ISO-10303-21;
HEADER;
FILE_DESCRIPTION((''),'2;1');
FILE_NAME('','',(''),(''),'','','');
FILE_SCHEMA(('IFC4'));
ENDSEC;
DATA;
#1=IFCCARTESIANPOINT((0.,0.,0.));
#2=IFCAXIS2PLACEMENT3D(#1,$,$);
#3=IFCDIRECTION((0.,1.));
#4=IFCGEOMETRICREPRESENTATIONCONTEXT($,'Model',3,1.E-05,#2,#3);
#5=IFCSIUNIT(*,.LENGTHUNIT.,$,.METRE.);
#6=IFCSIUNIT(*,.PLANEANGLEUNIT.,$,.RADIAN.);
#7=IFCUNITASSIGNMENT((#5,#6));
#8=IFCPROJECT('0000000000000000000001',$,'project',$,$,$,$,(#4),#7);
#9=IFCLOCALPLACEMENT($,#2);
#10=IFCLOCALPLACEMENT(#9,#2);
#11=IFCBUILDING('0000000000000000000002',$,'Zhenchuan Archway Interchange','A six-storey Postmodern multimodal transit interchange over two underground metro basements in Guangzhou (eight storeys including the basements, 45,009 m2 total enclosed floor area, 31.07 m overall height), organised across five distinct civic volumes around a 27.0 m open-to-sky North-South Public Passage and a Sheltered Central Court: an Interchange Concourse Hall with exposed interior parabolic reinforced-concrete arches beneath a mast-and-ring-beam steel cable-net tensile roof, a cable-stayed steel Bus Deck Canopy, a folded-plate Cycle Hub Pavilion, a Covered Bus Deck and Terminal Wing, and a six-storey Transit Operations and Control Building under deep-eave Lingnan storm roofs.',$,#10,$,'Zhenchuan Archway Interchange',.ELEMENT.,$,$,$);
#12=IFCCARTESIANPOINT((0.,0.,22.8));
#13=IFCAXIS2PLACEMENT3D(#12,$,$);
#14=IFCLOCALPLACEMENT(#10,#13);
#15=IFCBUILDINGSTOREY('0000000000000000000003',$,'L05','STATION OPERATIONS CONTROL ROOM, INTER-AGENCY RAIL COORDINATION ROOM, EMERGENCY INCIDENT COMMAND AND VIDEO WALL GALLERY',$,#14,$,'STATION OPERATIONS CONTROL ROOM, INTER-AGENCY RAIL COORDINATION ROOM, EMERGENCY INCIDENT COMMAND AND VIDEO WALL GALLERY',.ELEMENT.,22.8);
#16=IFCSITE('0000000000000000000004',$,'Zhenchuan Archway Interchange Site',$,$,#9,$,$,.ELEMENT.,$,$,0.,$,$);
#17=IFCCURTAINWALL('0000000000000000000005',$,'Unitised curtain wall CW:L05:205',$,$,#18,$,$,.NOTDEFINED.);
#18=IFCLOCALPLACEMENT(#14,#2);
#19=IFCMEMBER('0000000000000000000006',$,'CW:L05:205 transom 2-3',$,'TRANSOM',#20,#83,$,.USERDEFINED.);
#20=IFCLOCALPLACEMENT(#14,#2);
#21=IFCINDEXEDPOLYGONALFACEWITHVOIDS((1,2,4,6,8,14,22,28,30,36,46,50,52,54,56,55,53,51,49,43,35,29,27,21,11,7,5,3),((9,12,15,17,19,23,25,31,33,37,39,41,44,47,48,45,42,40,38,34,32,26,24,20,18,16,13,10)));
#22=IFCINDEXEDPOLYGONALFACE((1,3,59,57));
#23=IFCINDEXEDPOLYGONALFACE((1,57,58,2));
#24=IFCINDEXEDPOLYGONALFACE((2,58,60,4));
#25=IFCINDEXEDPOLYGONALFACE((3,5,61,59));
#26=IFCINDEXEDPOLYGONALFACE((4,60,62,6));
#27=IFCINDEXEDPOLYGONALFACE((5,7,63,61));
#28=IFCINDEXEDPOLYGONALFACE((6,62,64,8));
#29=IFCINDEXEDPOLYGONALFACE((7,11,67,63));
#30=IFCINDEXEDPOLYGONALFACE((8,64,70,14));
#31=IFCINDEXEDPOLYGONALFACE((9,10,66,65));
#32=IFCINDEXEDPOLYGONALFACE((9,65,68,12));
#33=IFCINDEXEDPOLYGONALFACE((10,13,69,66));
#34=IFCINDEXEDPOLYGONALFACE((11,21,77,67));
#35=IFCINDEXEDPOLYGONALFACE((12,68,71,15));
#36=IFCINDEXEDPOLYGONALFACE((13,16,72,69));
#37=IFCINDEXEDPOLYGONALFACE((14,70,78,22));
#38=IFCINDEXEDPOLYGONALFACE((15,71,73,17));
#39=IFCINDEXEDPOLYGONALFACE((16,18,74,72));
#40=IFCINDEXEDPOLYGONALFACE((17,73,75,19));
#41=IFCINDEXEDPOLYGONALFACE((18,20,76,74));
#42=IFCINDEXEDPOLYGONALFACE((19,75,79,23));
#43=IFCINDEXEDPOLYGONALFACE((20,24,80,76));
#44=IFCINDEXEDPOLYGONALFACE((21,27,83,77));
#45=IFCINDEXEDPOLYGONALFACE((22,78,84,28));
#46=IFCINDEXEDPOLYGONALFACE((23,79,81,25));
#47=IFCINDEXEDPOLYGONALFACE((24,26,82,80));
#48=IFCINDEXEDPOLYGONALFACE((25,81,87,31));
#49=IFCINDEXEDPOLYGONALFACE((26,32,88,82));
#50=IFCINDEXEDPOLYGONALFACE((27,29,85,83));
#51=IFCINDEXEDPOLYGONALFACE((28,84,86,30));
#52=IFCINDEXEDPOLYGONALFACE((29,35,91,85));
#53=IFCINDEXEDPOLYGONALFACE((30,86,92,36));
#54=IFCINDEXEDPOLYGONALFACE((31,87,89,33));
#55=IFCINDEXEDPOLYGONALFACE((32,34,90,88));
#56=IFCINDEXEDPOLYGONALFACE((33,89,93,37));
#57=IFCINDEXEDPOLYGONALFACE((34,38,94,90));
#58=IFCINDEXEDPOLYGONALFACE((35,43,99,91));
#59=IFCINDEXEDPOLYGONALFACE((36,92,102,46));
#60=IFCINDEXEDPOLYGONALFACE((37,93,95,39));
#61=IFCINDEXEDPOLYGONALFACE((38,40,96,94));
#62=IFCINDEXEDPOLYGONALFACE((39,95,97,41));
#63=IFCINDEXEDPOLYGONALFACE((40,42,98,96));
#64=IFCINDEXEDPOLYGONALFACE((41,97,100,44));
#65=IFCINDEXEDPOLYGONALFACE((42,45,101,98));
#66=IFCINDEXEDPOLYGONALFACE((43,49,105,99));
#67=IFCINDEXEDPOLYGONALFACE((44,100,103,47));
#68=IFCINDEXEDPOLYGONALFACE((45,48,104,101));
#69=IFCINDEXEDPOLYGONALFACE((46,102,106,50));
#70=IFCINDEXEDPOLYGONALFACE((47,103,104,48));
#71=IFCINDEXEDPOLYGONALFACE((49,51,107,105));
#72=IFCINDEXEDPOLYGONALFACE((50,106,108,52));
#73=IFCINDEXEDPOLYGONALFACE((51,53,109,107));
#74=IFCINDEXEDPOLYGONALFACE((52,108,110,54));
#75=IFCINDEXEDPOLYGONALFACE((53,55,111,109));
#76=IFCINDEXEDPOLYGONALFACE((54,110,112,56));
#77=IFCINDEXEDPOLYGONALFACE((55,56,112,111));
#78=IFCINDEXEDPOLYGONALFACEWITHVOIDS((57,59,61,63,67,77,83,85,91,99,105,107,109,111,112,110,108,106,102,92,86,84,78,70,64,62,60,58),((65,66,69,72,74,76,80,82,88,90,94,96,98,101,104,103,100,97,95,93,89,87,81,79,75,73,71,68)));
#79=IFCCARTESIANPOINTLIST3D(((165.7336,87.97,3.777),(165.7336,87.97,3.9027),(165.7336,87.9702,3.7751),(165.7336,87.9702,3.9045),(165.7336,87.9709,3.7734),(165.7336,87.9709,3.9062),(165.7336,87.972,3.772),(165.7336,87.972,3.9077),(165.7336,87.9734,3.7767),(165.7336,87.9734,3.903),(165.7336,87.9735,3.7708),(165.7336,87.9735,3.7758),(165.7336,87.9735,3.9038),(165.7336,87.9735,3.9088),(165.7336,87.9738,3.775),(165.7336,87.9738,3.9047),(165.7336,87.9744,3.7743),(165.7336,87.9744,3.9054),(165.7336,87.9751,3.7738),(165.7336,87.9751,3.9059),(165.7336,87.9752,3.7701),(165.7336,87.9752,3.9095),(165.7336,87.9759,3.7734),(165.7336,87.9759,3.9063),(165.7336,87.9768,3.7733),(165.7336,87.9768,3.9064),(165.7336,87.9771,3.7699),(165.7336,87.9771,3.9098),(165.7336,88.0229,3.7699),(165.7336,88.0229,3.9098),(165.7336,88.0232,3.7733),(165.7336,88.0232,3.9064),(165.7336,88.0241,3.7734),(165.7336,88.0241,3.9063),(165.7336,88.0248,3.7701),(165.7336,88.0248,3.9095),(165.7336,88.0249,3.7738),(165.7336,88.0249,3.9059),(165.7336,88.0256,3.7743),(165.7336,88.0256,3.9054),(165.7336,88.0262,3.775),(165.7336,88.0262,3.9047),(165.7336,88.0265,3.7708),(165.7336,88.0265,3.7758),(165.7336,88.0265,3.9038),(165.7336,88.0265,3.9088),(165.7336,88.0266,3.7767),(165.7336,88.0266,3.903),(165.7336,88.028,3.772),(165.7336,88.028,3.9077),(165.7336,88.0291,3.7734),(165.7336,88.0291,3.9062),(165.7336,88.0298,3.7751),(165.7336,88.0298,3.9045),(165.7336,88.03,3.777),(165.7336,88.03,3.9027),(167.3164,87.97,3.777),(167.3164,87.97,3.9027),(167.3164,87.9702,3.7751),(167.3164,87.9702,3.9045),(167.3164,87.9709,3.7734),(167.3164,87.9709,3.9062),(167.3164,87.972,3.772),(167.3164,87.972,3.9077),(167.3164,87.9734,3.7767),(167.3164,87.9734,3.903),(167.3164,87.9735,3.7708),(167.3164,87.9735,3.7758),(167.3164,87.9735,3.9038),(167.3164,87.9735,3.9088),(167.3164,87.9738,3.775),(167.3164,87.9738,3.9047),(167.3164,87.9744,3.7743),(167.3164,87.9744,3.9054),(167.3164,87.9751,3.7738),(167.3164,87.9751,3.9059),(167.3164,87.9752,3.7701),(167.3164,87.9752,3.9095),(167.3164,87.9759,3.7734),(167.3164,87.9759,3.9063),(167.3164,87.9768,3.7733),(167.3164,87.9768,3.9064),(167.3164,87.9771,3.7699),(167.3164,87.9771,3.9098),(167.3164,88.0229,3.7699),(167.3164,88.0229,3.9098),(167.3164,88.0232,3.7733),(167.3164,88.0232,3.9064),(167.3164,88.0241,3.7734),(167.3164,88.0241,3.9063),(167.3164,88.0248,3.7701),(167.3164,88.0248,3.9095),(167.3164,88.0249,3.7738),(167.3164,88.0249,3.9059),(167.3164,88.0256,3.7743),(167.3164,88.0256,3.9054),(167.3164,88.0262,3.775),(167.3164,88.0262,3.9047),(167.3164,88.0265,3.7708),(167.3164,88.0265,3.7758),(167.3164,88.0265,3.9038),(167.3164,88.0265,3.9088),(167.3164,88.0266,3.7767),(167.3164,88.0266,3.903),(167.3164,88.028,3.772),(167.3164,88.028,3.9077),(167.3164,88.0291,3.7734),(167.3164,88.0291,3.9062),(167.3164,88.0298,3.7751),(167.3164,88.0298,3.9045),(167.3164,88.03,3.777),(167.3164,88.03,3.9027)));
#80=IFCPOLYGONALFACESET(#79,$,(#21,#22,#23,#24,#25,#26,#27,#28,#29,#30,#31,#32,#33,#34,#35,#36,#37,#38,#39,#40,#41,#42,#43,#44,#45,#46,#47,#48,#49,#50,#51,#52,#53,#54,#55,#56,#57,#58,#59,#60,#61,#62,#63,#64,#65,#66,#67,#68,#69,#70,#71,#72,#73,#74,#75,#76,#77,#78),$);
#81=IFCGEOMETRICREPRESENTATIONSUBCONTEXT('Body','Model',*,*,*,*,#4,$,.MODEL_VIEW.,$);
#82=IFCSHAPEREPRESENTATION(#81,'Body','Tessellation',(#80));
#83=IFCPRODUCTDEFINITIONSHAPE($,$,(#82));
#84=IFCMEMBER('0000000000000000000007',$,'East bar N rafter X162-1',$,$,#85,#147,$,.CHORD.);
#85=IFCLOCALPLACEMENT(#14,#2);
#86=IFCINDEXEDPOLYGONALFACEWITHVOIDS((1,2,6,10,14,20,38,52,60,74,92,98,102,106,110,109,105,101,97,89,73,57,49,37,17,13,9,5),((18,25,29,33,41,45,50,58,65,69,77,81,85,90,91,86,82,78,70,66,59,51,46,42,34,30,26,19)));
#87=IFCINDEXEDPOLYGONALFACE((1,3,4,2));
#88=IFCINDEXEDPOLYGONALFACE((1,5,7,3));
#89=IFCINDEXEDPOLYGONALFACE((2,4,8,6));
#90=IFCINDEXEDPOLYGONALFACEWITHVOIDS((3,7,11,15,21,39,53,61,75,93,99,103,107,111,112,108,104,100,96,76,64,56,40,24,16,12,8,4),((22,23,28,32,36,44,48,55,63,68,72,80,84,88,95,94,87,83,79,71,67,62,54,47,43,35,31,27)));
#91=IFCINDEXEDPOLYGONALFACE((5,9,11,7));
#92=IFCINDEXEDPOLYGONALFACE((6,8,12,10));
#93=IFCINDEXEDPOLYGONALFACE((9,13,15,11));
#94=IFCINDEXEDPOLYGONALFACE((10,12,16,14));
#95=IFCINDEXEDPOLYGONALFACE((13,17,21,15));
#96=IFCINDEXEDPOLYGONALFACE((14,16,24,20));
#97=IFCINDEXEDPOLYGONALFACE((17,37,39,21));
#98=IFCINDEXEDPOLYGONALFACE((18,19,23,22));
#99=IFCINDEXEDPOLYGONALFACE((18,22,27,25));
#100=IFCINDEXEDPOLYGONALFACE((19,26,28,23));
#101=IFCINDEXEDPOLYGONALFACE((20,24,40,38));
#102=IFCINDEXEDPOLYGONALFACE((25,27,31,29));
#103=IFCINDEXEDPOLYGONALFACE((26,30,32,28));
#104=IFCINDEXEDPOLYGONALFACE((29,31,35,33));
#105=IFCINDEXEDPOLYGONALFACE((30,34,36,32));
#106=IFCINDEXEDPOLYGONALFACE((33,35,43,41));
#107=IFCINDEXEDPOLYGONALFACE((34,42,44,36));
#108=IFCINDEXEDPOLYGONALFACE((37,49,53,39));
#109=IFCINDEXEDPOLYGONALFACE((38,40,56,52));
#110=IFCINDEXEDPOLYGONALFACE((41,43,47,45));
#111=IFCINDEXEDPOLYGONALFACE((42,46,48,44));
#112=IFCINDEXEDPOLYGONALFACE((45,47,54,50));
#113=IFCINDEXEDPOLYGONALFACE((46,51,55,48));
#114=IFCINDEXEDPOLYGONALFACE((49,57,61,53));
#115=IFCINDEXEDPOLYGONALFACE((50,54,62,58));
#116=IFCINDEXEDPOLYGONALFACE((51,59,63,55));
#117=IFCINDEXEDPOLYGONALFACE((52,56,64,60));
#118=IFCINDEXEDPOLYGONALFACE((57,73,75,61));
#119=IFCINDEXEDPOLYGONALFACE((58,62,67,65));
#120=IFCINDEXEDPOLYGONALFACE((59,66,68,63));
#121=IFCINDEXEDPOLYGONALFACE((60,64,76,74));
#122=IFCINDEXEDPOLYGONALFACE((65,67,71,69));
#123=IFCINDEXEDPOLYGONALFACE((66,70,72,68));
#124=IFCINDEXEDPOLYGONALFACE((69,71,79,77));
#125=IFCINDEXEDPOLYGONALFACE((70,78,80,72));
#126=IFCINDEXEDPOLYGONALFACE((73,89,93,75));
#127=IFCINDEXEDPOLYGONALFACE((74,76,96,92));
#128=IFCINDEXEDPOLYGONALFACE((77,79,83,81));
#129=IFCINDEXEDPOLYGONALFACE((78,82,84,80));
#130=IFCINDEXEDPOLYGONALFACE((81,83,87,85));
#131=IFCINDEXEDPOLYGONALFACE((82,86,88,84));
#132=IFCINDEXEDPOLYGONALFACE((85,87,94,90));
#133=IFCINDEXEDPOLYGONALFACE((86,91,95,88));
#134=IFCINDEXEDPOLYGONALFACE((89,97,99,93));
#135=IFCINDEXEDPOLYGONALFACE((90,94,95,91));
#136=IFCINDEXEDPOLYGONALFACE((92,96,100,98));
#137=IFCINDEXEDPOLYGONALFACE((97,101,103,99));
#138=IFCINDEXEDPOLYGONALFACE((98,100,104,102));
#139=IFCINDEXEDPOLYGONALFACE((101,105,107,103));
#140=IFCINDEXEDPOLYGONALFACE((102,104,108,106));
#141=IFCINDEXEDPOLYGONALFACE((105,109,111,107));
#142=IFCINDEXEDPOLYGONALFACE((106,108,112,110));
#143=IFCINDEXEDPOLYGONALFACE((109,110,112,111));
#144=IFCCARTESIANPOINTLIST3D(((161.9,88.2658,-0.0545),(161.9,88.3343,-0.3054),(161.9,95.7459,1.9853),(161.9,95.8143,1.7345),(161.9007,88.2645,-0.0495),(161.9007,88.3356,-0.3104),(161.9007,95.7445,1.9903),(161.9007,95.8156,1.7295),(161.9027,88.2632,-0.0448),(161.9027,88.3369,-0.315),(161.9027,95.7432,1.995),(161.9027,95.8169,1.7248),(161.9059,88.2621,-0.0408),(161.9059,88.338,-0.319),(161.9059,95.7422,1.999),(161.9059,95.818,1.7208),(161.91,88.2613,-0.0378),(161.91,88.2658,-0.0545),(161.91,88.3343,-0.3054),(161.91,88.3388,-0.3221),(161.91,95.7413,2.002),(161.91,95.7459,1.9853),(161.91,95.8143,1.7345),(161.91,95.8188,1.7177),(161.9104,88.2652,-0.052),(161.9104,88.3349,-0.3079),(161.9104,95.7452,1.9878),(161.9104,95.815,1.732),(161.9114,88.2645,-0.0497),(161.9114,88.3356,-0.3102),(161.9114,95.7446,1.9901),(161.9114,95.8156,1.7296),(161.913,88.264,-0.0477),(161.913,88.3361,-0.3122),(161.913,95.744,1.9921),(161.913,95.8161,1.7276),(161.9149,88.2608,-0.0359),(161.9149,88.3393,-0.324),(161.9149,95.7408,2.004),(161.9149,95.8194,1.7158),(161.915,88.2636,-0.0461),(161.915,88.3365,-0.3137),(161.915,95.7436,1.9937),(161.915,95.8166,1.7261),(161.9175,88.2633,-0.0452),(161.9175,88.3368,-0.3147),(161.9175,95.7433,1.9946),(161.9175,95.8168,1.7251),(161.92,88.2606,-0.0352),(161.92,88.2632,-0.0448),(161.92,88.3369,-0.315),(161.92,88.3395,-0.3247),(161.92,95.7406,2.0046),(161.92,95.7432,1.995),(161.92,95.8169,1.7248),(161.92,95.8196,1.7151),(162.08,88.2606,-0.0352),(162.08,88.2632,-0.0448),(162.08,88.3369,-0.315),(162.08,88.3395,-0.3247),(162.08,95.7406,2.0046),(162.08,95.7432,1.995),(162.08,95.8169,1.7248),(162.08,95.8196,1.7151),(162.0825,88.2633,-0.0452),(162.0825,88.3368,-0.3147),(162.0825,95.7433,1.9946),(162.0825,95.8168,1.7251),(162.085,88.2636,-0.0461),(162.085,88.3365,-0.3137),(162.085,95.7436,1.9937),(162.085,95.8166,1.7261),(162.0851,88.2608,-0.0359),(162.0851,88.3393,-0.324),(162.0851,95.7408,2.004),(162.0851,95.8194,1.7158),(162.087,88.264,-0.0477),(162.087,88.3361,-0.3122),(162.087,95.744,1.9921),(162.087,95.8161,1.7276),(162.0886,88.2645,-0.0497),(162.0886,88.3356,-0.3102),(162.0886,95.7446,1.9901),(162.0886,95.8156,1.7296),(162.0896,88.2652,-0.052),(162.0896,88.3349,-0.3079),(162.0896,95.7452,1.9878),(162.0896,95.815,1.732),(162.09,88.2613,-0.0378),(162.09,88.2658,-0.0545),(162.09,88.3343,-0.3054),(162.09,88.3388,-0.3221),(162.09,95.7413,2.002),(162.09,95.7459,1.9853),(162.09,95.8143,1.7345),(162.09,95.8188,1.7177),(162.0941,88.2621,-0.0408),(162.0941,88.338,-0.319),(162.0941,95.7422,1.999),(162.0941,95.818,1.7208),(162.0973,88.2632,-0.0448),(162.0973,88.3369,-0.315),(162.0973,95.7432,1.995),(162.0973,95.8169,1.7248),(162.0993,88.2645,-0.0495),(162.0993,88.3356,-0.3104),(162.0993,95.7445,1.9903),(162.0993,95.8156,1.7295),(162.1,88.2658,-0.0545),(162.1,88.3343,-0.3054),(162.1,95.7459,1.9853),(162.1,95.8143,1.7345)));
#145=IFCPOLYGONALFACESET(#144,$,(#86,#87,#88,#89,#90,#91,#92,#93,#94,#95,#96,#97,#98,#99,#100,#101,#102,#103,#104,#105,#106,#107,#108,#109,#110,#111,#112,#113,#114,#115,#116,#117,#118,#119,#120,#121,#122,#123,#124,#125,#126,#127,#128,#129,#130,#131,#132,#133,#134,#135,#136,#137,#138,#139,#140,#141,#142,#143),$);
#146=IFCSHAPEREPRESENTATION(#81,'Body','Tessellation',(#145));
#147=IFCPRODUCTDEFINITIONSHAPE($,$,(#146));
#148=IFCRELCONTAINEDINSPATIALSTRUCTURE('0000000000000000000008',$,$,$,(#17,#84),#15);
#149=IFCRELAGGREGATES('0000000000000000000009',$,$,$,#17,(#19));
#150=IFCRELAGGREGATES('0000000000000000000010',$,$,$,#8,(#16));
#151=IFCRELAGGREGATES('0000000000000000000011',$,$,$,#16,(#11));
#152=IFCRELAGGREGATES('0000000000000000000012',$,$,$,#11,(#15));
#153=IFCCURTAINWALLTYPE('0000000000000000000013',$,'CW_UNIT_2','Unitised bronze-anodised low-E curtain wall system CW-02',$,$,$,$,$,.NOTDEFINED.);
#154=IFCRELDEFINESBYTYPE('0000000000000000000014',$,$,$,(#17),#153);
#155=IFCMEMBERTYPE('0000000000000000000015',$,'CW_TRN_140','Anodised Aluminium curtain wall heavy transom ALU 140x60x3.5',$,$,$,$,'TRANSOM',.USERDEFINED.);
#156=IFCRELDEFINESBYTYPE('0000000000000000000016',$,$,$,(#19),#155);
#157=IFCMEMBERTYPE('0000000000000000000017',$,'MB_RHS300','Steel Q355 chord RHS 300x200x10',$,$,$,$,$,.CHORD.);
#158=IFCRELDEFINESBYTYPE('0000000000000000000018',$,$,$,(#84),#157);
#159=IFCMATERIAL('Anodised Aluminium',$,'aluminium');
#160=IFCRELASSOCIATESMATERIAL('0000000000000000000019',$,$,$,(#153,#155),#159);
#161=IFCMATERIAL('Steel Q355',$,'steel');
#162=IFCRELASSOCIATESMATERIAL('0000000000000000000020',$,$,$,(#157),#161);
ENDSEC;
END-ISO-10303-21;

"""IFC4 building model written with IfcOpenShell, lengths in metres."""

from ifc_helpers import new_model, si_unit, direction, frame, origin, origin_2d, place, context, subcontext, project, spatial, hollow_rectangle, extrude, material, material_profile, profile_set, type_object, element, aggregate, save


model = new_model("IFC4")

# Units and contexts
model_context = context("Model", 3, precision=1e-05, world=origin(), true_north=direction((0.0, 1.0)))
body_context = subcontext(model_context, "Body", "Model", "MODEL_VIEW")
ifc_project = project(units=[si_unit("LENGTHUNIT", "METRE"), si_unit("PLANEANGLEUNIT", "RADIAN")], contexts=[model_context])

# Site, building, storey
site_placement = place(None, origin())
site = spatial("IfcSite", under=ifc_project, at=site_placement, Name="Zhenchuan Archway Interchange Site", CompositionType="ELEMENT", RefElevation=0.0)
building_placement = place(site_placement, origin())
building = spatial("IfcBuilding", under=site, at=building_placement, Name="Zhenchuan Archway Interchange", Description="A six-storey Postmodern multimodal transit interchange over two underground metro basements in Guangzhou (eight storeys including the basements, 45,009 m2 total enclosed floor area, 31.07 m overall height), organised across five distinct civic volumes around a 27.0 m open-to-sky North-South Public Passage and a Sheltered Central Court: an Interchange Concourse Hall with exposed interior parabolic reinforced-concrete arches beneath a mast-and-ring-beam steel cable-net tensile roof, a cable-stayed steel Bus Deck Canopy, a folded-plate Cycle Hub Pavilion, a Covered Bus Deck and Terminal Wing, and a six-storey Transit Operations and Control Building under deep-eave Lingnan storm roofs.", LongName="Zhenchuan Archway Interchange", CompositionType="ELEMENT")
storey_placement = place(building_placement, frame((0.0, 0.0, 22.8)))
storey = spatial("IfcBuildingStorey", under=building, at=storey_placement, Name="L05", Description="STATION OPERATIONS CONTROL ROOM, INTER-AGENCY RAIL COORDINATION ROOM, EMERGENCY INCIDENT COMMAND AND VIDEO WALL GALLERY", LongName="STATION OPERATIONS CONTROL ROOM, INTER-AGENCY RAIL COORDINATION ROOM, EMERGENCY INCIDENT COMMAND AND VIDEO WALL GALLERY", CompositionType="ELEMENT", Elevation=22.8)

# Shared definitions
ifc_material_1 = material(Name="Steel Q355", Category="steel")

# Curtain wall, member
ifc_material_2 = material(Name="Anodised Aluminium", Category="aluminium")
curtain_wall_type = type_object("IfcCurtainWallType", Name="CW_UNIT_2", Description="Unitised bronze-anodised low-E curtain wall system CW-02", PredefinedType="NOTDEFINED", material=ifc_material_2)
curtain_wall_placement = place(storey_placement, origin())
curtain_wall = element("IfcCurtainWall", 1, at=curtain_wall_placement, inside=storey, type_object=curtain_wall_type, Name="Unitised curtain wall CW:L05:205", PredefinedType="NOTDEFINED")
ifc_material_profile_1 = material_profile(ifc_material_2, hollow_rectangle(XDim=0.0601, YDim=0.1399, WallThickness=0.0034, InnerFilletRadius=0.0034, OuterFilletRadius=0.0071, at=origin_2d()), Name="ALU 140x60x3.5")
ifc_profile_set_1 = profile_set([ifc_material_profile_1], Name="Anodised Aluminium")
member_type_1 = type_object("IfcMemberType", Name="CW_TRN_140", Description="Anodised Aluminium curtain wall heavy transom ALU 140x60x3.5", ElementType="TRANSOM", PredefinedType="USERDEFINED", material=ifc_profile_set_1)
member_1_placement = place(storey_placement, frame((165.7336, 88.0, 3.8398), z_axis=(1.0, 0.0, 0.0), x_axis=(0.0, 1.0, 0.0)))
member_1 = element("IfcMember", 2, at=member_1_placement, type_object=member_type_1, Name="CW:L05:205 transom 2-3", ObjectType="TRANSOM", PredefinedType="USERDEFINED", context=body_context, shape_type="SweptSolid", body=[
    extrude(hollow_rectangle(XDim=0.0601, YDim=0.1399, WallThickness=0.0034, InnerFilletRadius=0.0034, OuterFilletRadius=0.0071, at=origin_2d()), origin(), (0.0, 0.0, 1.0), 1.5828),
])

# Member
ifc_material_profile_2 = material_profile(ifc_material_1, hollow_rectangle(XDim=0.2, YDim=0.3, WallThickness=0.01, InnerFilletRadius=0.01, OuterFilletRadius=0.02, at=origin_2d()), Name="RHS 300x200x10")
ifc_profile_set_2 = profile_set([ifc_material_profile_2], Name="Steel Q355")
member_type_2 = type_object("IfcMemberType", Name="MB_RHS300", Description="Steel Q355 chord RHS 300x200x10", PredefinedType="CHORD", material=ifc_profile_set_2)
for number, where, z_axis, x_axis, name in (
    (3, (162.0, 88.3, -0.1799), (0.0, 0.96477, 0.263093), (-1.0, 0.0, 0.0), "East bar N rafter X162-1"),
):
    element("IfcMember", number, at=place(storey_placement, frame(where, z_axis=z_axis, x_axis=x_axis)), inside=storey, type_object=member_type_2, Name=name, PredefinedType="CHORD", context=body_context, shape_type="SweptSolid", body=[
        extrude(hollow_rectangle(XDim=0.2, YDim=0.3, WallThickness=0.01, InnerFilletRadius=0.01, OuterFilletRadius=0.02, at=origin_2d()), origin(), (0.0, 0.0, 1.0), 7.7532),
    ])

aggregate(curtain_wall, [member_1])

save(model, "model.ifc")
